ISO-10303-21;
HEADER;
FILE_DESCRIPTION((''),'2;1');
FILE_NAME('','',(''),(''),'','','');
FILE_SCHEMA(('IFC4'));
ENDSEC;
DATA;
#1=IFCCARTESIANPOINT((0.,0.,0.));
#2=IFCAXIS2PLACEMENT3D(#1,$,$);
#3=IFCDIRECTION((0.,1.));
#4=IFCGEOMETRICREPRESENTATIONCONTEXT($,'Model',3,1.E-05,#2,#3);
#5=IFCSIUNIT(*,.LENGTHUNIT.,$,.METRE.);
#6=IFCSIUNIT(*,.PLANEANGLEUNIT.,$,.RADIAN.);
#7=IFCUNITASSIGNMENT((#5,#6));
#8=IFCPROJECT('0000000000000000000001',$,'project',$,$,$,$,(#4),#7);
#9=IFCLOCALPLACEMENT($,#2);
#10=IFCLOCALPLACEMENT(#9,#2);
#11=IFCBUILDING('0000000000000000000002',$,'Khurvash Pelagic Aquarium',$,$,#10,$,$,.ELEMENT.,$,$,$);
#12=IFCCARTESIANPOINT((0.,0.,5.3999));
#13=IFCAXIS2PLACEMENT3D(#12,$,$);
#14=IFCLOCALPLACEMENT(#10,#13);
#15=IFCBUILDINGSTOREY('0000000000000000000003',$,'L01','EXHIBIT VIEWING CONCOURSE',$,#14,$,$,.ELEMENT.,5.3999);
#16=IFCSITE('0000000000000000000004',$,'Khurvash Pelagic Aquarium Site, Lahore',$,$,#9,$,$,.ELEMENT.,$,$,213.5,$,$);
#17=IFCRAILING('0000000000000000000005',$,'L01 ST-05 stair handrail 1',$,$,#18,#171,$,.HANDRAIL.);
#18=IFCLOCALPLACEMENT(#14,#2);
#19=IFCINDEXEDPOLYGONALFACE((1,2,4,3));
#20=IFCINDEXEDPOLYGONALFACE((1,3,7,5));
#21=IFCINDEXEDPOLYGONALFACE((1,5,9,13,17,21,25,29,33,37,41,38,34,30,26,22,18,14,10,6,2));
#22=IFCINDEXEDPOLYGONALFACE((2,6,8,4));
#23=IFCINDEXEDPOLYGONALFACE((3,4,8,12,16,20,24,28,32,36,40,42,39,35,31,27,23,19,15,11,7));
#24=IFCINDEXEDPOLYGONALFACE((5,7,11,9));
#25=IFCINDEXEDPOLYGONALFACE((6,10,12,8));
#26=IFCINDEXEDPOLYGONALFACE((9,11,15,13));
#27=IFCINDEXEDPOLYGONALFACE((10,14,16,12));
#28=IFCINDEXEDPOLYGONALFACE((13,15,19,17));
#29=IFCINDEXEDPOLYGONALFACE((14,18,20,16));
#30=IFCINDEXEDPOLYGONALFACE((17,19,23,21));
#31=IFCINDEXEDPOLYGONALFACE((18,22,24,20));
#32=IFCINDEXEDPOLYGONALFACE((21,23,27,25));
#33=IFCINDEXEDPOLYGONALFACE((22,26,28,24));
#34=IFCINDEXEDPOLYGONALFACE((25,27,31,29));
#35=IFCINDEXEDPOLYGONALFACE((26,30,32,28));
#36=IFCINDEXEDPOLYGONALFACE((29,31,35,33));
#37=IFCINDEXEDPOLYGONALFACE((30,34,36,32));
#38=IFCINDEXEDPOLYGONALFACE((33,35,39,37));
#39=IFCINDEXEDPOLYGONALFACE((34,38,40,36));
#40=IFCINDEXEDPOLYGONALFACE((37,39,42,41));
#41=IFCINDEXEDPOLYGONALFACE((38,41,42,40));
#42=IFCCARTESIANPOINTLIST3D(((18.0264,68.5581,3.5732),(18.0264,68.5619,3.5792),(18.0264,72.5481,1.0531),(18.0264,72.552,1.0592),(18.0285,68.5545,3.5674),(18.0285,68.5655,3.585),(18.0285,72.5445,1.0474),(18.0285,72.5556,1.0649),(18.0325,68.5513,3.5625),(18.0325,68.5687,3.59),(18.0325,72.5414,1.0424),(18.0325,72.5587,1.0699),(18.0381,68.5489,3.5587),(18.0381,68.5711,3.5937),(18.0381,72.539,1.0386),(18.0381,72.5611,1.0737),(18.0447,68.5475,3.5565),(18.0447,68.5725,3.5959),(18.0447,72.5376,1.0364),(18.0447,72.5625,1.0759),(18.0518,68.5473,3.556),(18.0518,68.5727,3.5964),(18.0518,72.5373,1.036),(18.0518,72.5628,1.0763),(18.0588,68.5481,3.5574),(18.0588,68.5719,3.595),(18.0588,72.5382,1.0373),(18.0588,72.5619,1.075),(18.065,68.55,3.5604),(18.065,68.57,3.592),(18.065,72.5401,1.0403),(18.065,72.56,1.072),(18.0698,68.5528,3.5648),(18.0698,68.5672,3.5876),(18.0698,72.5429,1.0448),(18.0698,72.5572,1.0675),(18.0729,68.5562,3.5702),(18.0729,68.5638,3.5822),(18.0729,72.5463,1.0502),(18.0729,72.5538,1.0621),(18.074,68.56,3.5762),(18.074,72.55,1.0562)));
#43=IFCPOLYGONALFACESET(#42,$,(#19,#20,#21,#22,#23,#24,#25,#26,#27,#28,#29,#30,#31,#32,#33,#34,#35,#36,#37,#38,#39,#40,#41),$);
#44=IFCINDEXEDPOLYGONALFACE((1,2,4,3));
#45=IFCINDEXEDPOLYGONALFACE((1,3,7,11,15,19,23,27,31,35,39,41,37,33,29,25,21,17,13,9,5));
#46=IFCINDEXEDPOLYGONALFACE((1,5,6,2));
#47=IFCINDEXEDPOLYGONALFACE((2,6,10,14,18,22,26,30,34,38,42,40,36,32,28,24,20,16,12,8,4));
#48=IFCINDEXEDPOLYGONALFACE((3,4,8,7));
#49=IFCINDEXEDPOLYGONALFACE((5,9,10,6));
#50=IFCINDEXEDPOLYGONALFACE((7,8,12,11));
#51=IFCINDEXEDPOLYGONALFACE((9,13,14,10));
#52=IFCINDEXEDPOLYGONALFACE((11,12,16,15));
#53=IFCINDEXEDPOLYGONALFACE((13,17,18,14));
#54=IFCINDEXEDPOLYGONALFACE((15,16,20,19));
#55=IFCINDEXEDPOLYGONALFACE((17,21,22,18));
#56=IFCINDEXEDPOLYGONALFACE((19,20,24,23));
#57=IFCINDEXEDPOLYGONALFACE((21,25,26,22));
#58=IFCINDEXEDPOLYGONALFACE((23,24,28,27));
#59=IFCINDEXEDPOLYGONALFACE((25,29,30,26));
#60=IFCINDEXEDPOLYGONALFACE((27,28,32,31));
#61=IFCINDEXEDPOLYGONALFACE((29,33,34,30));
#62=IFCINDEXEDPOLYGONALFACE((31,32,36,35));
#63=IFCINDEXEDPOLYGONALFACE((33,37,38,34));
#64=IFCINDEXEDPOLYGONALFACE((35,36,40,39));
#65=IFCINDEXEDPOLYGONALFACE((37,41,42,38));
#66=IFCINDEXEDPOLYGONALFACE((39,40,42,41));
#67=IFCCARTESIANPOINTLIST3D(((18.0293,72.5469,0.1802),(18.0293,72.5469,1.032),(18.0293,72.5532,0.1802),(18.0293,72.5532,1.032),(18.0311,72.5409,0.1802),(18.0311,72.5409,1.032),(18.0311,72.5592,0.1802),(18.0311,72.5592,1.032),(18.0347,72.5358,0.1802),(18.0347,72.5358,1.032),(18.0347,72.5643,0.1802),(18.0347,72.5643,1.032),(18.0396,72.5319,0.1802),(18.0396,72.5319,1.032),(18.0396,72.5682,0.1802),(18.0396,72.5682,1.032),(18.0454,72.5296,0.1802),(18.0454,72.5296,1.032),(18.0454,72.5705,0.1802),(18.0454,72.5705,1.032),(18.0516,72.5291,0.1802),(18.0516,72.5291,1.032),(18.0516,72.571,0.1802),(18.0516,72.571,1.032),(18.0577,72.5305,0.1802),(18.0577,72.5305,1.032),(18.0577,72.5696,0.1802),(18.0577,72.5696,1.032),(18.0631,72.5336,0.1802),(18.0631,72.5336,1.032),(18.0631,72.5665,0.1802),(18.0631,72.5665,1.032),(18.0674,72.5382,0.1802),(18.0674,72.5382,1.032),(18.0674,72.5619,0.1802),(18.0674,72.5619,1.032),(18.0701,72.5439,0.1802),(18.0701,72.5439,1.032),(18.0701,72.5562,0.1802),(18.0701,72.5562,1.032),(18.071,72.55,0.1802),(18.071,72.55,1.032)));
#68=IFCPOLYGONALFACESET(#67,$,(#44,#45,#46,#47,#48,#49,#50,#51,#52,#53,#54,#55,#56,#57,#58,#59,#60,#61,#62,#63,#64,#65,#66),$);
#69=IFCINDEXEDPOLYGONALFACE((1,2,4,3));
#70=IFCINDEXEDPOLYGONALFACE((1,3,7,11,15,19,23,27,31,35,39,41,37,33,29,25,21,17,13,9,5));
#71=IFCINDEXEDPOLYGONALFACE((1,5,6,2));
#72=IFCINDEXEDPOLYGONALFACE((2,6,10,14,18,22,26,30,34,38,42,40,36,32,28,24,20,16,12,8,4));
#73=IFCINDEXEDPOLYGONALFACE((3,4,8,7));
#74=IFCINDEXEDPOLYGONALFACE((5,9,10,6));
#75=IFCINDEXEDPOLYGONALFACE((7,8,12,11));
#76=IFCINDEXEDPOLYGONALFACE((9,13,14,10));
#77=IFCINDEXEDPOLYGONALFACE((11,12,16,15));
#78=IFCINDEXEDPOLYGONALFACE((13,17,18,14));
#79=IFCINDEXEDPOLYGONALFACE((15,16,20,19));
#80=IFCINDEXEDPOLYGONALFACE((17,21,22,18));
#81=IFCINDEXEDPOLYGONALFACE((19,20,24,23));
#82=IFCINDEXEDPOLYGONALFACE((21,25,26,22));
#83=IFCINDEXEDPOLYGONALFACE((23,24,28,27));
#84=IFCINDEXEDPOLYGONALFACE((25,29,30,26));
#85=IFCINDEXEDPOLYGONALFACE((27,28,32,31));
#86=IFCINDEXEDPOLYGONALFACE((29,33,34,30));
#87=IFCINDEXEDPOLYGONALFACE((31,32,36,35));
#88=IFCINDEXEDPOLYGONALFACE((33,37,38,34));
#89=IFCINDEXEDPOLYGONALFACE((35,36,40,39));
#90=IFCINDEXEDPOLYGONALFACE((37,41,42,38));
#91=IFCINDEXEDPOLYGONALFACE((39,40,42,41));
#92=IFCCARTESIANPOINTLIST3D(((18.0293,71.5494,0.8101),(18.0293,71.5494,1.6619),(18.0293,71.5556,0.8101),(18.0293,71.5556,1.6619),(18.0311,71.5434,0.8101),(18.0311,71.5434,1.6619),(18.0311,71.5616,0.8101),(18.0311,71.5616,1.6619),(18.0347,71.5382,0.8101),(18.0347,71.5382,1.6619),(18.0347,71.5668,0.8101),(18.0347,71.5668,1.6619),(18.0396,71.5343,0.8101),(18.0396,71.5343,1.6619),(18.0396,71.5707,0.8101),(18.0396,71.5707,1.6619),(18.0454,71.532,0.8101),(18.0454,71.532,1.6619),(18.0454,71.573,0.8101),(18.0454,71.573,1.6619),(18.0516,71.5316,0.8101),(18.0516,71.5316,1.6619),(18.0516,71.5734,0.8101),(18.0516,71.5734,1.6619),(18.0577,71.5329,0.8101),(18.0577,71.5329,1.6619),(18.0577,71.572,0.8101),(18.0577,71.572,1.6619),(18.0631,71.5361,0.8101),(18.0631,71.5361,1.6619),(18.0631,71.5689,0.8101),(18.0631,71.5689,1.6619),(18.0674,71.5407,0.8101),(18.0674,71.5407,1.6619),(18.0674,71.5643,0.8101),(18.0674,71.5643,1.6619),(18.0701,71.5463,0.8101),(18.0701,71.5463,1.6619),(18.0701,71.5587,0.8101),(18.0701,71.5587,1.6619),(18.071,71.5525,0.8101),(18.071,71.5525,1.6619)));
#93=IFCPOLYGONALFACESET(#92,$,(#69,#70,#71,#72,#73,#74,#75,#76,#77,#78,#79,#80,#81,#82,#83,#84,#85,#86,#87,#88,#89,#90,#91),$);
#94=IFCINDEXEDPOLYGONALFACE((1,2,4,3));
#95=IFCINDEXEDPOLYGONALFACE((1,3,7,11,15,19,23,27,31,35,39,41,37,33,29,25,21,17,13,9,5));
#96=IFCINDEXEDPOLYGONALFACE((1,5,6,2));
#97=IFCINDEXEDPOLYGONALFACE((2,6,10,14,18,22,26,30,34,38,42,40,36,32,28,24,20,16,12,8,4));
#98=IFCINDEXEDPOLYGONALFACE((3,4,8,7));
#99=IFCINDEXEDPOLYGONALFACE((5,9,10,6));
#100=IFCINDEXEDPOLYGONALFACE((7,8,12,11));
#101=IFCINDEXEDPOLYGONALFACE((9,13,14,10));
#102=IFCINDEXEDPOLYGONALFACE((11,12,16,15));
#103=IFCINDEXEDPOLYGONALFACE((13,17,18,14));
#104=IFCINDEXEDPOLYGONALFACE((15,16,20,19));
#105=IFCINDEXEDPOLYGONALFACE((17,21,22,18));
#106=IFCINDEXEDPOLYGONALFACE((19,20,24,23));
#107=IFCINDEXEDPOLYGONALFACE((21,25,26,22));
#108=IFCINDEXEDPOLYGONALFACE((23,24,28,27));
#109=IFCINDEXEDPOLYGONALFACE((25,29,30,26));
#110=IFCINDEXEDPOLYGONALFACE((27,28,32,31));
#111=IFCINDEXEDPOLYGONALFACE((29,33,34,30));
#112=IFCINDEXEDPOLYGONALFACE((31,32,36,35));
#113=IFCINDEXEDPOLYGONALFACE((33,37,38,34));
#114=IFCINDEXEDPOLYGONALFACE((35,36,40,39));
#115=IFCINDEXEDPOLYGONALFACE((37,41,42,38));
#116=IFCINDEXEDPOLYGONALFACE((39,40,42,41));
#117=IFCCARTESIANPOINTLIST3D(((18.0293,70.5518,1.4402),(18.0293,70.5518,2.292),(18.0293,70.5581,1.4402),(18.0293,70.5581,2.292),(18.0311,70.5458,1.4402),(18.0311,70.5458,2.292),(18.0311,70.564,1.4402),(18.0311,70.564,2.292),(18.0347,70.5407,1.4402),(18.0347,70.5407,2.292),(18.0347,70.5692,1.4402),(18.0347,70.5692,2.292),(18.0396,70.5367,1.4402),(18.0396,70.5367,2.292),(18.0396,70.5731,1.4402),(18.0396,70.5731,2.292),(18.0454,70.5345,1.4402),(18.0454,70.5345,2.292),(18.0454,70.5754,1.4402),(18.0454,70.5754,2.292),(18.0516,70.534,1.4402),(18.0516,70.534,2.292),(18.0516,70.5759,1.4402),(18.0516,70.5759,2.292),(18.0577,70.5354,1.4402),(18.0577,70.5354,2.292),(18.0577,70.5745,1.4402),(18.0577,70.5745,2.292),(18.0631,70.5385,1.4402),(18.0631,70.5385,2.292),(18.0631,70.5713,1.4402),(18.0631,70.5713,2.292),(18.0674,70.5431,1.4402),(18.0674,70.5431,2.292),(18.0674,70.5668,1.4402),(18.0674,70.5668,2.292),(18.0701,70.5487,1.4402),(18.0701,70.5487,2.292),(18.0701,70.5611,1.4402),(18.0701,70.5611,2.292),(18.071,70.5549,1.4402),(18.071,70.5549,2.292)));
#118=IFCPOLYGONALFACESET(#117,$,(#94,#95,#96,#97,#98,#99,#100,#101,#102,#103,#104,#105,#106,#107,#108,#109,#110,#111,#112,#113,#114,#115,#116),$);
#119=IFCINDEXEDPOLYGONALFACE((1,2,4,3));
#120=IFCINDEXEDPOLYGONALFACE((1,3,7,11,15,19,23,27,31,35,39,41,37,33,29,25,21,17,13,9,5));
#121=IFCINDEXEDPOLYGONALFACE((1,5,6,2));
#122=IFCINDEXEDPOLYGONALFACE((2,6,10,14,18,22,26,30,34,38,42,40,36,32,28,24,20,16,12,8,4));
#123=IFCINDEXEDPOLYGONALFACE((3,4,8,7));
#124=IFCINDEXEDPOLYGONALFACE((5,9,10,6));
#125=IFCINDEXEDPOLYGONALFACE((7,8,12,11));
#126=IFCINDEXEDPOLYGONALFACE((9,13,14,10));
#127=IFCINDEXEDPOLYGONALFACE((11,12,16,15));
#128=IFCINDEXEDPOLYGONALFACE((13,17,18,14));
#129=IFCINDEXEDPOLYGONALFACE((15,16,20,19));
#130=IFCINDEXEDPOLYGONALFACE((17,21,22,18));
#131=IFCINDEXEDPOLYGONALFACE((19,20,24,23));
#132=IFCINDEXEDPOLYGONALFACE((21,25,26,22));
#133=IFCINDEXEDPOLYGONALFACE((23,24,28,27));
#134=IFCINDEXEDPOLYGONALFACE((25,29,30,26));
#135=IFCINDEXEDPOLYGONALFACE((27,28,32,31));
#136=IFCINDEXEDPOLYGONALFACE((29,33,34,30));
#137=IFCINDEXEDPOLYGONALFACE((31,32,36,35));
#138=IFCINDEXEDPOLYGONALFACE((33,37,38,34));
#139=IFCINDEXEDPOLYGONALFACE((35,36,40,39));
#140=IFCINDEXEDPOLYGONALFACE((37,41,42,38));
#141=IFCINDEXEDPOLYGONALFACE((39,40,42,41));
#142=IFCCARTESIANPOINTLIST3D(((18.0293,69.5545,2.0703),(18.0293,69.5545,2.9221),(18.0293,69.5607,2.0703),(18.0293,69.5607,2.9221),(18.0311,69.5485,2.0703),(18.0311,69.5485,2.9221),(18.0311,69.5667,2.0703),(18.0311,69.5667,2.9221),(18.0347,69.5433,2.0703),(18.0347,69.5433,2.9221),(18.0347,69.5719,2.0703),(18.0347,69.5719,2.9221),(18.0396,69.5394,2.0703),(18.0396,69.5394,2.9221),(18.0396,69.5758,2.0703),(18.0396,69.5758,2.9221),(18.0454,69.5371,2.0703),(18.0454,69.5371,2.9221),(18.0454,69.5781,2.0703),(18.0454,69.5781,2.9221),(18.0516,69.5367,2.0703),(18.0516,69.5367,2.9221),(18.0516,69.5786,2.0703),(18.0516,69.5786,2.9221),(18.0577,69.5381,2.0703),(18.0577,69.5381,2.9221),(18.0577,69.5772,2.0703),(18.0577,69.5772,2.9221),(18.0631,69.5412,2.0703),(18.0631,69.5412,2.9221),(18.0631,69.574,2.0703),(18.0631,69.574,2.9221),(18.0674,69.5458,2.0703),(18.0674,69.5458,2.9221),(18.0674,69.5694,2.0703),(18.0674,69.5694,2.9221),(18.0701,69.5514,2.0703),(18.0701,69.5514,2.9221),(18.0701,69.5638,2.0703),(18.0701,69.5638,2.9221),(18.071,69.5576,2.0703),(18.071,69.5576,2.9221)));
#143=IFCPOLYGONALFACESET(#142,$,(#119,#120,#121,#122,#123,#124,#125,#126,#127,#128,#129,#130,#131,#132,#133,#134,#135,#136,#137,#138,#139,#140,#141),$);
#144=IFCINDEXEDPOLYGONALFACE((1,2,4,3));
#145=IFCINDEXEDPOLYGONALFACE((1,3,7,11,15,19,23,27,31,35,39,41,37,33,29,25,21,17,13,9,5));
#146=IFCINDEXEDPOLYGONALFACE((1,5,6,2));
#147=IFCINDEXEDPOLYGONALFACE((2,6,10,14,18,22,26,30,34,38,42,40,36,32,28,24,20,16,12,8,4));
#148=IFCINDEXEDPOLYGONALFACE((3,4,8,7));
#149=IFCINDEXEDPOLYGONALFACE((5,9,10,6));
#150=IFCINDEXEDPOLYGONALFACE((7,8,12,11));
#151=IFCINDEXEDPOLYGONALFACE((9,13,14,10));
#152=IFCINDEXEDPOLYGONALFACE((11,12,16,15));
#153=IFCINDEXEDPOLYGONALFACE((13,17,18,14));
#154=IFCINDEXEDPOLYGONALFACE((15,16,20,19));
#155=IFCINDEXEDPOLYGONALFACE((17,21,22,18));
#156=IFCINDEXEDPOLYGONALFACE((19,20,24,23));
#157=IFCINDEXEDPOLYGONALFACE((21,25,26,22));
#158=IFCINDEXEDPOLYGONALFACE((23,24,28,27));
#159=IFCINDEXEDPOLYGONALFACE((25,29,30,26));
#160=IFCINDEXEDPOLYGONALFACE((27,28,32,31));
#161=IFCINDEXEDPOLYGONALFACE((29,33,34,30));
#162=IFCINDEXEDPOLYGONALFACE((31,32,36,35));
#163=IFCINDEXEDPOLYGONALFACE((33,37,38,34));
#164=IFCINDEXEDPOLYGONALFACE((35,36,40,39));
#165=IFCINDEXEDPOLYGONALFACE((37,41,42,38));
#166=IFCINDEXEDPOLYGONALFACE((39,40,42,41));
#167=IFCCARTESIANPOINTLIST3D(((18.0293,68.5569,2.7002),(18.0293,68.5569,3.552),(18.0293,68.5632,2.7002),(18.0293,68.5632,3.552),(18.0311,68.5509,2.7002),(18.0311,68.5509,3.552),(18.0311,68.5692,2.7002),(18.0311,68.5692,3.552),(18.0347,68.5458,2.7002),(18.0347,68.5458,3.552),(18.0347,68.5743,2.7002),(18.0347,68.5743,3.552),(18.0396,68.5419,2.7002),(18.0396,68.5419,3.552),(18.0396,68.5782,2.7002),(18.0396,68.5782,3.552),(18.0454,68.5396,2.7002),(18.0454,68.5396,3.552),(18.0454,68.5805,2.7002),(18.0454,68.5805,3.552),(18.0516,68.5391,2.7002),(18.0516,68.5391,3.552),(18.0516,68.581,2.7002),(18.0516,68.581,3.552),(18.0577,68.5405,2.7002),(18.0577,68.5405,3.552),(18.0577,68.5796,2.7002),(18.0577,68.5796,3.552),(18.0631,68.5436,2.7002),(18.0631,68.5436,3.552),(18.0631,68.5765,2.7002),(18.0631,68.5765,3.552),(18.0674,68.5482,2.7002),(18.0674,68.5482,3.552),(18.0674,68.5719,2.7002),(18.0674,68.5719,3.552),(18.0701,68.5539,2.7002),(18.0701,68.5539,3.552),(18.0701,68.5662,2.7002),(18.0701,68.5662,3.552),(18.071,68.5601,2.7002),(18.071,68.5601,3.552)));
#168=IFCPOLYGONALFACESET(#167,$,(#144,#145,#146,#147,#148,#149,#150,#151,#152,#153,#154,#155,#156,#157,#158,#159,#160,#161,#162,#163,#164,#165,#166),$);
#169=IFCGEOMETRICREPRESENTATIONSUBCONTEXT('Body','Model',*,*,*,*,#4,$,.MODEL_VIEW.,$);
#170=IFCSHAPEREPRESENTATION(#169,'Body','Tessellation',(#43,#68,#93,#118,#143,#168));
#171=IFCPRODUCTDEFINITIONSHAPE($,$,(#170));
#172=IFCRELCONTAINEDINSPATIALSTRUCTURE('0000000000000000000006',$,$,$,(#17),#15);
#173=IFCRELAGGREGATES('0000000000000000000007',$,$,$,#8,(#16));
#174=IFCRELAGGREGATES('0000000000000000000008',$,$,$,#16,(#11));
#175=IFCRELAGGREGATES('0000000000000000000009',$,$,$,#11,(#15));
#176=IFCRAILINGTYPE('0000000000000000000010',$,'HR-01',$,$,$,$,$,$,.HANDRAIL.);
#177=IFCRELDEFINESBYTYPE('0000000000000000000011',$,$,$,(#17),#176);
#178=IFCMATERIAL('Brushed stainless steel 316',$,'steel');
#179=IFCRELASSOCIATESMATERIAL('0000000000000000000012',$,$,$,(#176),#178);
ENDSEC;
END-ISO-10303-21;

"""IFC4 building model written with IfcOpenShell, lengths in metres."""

from ifc_helpers import new_model, si_unit, direction, frame, origin, origin_2d, place, context, subcontext, project, spatial, circle, extrude, material, type_object, element, save


model = new_model("IFC4")

# Units and contexts
model_context = context("Model", 3, precision=1e-05, world=origin(), true_north=direction((0.0, 1.0)))
body_context = subcontext(model_context, "Body", "Model", "MODEL_VIEW")
ifc_project = project(units=[si_unit("LENGTHUNIT", "METRE"), si_unit("PLANEANGLEUNIT", "RADIAN")], contexts=[model_context])

# Site, building, storey
site_placement = place(None, origin())
site = spatial("IfcSite", under=ifc_project, at=site_placement, Name="Khurvash Pelagic Aquarium Site, Lahore", CompositionType="ELEMENT", RefElevation=213.5)
building_placement = place(site_placement, origin())
building = spatial("IfcBuilding", under=site, at=building_placement, Name="Khurvash Pelagic Aquarium", CompositionType="ELEMENT")
storey_placement = place(building_placement, frame((0.0, 0.0, 5.3999)))
storey = spatial("IfcBuildingStorey", under=building, at=storey_placement, Name="L01", Description="EXHIBIT VIEWING CONCOURSE", CompositionType="ELEMENT", Elevation=5.3999)

# Railing
ifc_material_1 = material(Name="Brushed stainless steel 316", Category="steel")
railing_type = type_object("IfcRailingType", Name="HR-01", PredefinedType="HANDRAIL", material=ifc_material_1)
railing_placement = place(storey_placement, frame((18.05, 72.55, 0.1802)))
element("IfcRailing", 1, at=railing_placement, inside=storey, type_object=railing_type, Name="L01 ST-05 stair handrail 1", PredefinedType="HANDRAIL", context=body_context, shape_type="SweptSolid", body=[
    extrude(circle(Radius=0.0239, at=origin_2d()), frame((0.0, 0.0, 0.876), z_axis=(0.0, -0.845486, 0.533997), x_axis=(1.0, 0.0, 0.0)), (0.0, 0.0, 1.0), 4.7192),
    extrude(circle(Radius=0.021, at=origin_2d()), origin(), (0.0, 0.0, 1.0), 0.8518),
    extrude(circle(Radius=0.021, at=origin_2d()), frame((0.0, -0.9976, 0.6299)), (0.0, 0.0, 1.0), 0.8518),
    extrude(circle(Radius=0.021, at=origin_2d()), frame((0.0, -1.9951, 1.26)), (0.0, 0.0, 1.0), 0.8518),
    extrude(circle(Radius=0.021, at=origin_2d()), frame((0.0, -2.9924, 1.8901)), (0.0, 0.0, 1.0), 0.8518),
    extrude(circle(Radius=0.021, at=origin_2d()), frame((0.0, -3.99, 2.52)), (0.0, 0.0, 1.0), 0.8518),
])

save(model, "model.ifc")
